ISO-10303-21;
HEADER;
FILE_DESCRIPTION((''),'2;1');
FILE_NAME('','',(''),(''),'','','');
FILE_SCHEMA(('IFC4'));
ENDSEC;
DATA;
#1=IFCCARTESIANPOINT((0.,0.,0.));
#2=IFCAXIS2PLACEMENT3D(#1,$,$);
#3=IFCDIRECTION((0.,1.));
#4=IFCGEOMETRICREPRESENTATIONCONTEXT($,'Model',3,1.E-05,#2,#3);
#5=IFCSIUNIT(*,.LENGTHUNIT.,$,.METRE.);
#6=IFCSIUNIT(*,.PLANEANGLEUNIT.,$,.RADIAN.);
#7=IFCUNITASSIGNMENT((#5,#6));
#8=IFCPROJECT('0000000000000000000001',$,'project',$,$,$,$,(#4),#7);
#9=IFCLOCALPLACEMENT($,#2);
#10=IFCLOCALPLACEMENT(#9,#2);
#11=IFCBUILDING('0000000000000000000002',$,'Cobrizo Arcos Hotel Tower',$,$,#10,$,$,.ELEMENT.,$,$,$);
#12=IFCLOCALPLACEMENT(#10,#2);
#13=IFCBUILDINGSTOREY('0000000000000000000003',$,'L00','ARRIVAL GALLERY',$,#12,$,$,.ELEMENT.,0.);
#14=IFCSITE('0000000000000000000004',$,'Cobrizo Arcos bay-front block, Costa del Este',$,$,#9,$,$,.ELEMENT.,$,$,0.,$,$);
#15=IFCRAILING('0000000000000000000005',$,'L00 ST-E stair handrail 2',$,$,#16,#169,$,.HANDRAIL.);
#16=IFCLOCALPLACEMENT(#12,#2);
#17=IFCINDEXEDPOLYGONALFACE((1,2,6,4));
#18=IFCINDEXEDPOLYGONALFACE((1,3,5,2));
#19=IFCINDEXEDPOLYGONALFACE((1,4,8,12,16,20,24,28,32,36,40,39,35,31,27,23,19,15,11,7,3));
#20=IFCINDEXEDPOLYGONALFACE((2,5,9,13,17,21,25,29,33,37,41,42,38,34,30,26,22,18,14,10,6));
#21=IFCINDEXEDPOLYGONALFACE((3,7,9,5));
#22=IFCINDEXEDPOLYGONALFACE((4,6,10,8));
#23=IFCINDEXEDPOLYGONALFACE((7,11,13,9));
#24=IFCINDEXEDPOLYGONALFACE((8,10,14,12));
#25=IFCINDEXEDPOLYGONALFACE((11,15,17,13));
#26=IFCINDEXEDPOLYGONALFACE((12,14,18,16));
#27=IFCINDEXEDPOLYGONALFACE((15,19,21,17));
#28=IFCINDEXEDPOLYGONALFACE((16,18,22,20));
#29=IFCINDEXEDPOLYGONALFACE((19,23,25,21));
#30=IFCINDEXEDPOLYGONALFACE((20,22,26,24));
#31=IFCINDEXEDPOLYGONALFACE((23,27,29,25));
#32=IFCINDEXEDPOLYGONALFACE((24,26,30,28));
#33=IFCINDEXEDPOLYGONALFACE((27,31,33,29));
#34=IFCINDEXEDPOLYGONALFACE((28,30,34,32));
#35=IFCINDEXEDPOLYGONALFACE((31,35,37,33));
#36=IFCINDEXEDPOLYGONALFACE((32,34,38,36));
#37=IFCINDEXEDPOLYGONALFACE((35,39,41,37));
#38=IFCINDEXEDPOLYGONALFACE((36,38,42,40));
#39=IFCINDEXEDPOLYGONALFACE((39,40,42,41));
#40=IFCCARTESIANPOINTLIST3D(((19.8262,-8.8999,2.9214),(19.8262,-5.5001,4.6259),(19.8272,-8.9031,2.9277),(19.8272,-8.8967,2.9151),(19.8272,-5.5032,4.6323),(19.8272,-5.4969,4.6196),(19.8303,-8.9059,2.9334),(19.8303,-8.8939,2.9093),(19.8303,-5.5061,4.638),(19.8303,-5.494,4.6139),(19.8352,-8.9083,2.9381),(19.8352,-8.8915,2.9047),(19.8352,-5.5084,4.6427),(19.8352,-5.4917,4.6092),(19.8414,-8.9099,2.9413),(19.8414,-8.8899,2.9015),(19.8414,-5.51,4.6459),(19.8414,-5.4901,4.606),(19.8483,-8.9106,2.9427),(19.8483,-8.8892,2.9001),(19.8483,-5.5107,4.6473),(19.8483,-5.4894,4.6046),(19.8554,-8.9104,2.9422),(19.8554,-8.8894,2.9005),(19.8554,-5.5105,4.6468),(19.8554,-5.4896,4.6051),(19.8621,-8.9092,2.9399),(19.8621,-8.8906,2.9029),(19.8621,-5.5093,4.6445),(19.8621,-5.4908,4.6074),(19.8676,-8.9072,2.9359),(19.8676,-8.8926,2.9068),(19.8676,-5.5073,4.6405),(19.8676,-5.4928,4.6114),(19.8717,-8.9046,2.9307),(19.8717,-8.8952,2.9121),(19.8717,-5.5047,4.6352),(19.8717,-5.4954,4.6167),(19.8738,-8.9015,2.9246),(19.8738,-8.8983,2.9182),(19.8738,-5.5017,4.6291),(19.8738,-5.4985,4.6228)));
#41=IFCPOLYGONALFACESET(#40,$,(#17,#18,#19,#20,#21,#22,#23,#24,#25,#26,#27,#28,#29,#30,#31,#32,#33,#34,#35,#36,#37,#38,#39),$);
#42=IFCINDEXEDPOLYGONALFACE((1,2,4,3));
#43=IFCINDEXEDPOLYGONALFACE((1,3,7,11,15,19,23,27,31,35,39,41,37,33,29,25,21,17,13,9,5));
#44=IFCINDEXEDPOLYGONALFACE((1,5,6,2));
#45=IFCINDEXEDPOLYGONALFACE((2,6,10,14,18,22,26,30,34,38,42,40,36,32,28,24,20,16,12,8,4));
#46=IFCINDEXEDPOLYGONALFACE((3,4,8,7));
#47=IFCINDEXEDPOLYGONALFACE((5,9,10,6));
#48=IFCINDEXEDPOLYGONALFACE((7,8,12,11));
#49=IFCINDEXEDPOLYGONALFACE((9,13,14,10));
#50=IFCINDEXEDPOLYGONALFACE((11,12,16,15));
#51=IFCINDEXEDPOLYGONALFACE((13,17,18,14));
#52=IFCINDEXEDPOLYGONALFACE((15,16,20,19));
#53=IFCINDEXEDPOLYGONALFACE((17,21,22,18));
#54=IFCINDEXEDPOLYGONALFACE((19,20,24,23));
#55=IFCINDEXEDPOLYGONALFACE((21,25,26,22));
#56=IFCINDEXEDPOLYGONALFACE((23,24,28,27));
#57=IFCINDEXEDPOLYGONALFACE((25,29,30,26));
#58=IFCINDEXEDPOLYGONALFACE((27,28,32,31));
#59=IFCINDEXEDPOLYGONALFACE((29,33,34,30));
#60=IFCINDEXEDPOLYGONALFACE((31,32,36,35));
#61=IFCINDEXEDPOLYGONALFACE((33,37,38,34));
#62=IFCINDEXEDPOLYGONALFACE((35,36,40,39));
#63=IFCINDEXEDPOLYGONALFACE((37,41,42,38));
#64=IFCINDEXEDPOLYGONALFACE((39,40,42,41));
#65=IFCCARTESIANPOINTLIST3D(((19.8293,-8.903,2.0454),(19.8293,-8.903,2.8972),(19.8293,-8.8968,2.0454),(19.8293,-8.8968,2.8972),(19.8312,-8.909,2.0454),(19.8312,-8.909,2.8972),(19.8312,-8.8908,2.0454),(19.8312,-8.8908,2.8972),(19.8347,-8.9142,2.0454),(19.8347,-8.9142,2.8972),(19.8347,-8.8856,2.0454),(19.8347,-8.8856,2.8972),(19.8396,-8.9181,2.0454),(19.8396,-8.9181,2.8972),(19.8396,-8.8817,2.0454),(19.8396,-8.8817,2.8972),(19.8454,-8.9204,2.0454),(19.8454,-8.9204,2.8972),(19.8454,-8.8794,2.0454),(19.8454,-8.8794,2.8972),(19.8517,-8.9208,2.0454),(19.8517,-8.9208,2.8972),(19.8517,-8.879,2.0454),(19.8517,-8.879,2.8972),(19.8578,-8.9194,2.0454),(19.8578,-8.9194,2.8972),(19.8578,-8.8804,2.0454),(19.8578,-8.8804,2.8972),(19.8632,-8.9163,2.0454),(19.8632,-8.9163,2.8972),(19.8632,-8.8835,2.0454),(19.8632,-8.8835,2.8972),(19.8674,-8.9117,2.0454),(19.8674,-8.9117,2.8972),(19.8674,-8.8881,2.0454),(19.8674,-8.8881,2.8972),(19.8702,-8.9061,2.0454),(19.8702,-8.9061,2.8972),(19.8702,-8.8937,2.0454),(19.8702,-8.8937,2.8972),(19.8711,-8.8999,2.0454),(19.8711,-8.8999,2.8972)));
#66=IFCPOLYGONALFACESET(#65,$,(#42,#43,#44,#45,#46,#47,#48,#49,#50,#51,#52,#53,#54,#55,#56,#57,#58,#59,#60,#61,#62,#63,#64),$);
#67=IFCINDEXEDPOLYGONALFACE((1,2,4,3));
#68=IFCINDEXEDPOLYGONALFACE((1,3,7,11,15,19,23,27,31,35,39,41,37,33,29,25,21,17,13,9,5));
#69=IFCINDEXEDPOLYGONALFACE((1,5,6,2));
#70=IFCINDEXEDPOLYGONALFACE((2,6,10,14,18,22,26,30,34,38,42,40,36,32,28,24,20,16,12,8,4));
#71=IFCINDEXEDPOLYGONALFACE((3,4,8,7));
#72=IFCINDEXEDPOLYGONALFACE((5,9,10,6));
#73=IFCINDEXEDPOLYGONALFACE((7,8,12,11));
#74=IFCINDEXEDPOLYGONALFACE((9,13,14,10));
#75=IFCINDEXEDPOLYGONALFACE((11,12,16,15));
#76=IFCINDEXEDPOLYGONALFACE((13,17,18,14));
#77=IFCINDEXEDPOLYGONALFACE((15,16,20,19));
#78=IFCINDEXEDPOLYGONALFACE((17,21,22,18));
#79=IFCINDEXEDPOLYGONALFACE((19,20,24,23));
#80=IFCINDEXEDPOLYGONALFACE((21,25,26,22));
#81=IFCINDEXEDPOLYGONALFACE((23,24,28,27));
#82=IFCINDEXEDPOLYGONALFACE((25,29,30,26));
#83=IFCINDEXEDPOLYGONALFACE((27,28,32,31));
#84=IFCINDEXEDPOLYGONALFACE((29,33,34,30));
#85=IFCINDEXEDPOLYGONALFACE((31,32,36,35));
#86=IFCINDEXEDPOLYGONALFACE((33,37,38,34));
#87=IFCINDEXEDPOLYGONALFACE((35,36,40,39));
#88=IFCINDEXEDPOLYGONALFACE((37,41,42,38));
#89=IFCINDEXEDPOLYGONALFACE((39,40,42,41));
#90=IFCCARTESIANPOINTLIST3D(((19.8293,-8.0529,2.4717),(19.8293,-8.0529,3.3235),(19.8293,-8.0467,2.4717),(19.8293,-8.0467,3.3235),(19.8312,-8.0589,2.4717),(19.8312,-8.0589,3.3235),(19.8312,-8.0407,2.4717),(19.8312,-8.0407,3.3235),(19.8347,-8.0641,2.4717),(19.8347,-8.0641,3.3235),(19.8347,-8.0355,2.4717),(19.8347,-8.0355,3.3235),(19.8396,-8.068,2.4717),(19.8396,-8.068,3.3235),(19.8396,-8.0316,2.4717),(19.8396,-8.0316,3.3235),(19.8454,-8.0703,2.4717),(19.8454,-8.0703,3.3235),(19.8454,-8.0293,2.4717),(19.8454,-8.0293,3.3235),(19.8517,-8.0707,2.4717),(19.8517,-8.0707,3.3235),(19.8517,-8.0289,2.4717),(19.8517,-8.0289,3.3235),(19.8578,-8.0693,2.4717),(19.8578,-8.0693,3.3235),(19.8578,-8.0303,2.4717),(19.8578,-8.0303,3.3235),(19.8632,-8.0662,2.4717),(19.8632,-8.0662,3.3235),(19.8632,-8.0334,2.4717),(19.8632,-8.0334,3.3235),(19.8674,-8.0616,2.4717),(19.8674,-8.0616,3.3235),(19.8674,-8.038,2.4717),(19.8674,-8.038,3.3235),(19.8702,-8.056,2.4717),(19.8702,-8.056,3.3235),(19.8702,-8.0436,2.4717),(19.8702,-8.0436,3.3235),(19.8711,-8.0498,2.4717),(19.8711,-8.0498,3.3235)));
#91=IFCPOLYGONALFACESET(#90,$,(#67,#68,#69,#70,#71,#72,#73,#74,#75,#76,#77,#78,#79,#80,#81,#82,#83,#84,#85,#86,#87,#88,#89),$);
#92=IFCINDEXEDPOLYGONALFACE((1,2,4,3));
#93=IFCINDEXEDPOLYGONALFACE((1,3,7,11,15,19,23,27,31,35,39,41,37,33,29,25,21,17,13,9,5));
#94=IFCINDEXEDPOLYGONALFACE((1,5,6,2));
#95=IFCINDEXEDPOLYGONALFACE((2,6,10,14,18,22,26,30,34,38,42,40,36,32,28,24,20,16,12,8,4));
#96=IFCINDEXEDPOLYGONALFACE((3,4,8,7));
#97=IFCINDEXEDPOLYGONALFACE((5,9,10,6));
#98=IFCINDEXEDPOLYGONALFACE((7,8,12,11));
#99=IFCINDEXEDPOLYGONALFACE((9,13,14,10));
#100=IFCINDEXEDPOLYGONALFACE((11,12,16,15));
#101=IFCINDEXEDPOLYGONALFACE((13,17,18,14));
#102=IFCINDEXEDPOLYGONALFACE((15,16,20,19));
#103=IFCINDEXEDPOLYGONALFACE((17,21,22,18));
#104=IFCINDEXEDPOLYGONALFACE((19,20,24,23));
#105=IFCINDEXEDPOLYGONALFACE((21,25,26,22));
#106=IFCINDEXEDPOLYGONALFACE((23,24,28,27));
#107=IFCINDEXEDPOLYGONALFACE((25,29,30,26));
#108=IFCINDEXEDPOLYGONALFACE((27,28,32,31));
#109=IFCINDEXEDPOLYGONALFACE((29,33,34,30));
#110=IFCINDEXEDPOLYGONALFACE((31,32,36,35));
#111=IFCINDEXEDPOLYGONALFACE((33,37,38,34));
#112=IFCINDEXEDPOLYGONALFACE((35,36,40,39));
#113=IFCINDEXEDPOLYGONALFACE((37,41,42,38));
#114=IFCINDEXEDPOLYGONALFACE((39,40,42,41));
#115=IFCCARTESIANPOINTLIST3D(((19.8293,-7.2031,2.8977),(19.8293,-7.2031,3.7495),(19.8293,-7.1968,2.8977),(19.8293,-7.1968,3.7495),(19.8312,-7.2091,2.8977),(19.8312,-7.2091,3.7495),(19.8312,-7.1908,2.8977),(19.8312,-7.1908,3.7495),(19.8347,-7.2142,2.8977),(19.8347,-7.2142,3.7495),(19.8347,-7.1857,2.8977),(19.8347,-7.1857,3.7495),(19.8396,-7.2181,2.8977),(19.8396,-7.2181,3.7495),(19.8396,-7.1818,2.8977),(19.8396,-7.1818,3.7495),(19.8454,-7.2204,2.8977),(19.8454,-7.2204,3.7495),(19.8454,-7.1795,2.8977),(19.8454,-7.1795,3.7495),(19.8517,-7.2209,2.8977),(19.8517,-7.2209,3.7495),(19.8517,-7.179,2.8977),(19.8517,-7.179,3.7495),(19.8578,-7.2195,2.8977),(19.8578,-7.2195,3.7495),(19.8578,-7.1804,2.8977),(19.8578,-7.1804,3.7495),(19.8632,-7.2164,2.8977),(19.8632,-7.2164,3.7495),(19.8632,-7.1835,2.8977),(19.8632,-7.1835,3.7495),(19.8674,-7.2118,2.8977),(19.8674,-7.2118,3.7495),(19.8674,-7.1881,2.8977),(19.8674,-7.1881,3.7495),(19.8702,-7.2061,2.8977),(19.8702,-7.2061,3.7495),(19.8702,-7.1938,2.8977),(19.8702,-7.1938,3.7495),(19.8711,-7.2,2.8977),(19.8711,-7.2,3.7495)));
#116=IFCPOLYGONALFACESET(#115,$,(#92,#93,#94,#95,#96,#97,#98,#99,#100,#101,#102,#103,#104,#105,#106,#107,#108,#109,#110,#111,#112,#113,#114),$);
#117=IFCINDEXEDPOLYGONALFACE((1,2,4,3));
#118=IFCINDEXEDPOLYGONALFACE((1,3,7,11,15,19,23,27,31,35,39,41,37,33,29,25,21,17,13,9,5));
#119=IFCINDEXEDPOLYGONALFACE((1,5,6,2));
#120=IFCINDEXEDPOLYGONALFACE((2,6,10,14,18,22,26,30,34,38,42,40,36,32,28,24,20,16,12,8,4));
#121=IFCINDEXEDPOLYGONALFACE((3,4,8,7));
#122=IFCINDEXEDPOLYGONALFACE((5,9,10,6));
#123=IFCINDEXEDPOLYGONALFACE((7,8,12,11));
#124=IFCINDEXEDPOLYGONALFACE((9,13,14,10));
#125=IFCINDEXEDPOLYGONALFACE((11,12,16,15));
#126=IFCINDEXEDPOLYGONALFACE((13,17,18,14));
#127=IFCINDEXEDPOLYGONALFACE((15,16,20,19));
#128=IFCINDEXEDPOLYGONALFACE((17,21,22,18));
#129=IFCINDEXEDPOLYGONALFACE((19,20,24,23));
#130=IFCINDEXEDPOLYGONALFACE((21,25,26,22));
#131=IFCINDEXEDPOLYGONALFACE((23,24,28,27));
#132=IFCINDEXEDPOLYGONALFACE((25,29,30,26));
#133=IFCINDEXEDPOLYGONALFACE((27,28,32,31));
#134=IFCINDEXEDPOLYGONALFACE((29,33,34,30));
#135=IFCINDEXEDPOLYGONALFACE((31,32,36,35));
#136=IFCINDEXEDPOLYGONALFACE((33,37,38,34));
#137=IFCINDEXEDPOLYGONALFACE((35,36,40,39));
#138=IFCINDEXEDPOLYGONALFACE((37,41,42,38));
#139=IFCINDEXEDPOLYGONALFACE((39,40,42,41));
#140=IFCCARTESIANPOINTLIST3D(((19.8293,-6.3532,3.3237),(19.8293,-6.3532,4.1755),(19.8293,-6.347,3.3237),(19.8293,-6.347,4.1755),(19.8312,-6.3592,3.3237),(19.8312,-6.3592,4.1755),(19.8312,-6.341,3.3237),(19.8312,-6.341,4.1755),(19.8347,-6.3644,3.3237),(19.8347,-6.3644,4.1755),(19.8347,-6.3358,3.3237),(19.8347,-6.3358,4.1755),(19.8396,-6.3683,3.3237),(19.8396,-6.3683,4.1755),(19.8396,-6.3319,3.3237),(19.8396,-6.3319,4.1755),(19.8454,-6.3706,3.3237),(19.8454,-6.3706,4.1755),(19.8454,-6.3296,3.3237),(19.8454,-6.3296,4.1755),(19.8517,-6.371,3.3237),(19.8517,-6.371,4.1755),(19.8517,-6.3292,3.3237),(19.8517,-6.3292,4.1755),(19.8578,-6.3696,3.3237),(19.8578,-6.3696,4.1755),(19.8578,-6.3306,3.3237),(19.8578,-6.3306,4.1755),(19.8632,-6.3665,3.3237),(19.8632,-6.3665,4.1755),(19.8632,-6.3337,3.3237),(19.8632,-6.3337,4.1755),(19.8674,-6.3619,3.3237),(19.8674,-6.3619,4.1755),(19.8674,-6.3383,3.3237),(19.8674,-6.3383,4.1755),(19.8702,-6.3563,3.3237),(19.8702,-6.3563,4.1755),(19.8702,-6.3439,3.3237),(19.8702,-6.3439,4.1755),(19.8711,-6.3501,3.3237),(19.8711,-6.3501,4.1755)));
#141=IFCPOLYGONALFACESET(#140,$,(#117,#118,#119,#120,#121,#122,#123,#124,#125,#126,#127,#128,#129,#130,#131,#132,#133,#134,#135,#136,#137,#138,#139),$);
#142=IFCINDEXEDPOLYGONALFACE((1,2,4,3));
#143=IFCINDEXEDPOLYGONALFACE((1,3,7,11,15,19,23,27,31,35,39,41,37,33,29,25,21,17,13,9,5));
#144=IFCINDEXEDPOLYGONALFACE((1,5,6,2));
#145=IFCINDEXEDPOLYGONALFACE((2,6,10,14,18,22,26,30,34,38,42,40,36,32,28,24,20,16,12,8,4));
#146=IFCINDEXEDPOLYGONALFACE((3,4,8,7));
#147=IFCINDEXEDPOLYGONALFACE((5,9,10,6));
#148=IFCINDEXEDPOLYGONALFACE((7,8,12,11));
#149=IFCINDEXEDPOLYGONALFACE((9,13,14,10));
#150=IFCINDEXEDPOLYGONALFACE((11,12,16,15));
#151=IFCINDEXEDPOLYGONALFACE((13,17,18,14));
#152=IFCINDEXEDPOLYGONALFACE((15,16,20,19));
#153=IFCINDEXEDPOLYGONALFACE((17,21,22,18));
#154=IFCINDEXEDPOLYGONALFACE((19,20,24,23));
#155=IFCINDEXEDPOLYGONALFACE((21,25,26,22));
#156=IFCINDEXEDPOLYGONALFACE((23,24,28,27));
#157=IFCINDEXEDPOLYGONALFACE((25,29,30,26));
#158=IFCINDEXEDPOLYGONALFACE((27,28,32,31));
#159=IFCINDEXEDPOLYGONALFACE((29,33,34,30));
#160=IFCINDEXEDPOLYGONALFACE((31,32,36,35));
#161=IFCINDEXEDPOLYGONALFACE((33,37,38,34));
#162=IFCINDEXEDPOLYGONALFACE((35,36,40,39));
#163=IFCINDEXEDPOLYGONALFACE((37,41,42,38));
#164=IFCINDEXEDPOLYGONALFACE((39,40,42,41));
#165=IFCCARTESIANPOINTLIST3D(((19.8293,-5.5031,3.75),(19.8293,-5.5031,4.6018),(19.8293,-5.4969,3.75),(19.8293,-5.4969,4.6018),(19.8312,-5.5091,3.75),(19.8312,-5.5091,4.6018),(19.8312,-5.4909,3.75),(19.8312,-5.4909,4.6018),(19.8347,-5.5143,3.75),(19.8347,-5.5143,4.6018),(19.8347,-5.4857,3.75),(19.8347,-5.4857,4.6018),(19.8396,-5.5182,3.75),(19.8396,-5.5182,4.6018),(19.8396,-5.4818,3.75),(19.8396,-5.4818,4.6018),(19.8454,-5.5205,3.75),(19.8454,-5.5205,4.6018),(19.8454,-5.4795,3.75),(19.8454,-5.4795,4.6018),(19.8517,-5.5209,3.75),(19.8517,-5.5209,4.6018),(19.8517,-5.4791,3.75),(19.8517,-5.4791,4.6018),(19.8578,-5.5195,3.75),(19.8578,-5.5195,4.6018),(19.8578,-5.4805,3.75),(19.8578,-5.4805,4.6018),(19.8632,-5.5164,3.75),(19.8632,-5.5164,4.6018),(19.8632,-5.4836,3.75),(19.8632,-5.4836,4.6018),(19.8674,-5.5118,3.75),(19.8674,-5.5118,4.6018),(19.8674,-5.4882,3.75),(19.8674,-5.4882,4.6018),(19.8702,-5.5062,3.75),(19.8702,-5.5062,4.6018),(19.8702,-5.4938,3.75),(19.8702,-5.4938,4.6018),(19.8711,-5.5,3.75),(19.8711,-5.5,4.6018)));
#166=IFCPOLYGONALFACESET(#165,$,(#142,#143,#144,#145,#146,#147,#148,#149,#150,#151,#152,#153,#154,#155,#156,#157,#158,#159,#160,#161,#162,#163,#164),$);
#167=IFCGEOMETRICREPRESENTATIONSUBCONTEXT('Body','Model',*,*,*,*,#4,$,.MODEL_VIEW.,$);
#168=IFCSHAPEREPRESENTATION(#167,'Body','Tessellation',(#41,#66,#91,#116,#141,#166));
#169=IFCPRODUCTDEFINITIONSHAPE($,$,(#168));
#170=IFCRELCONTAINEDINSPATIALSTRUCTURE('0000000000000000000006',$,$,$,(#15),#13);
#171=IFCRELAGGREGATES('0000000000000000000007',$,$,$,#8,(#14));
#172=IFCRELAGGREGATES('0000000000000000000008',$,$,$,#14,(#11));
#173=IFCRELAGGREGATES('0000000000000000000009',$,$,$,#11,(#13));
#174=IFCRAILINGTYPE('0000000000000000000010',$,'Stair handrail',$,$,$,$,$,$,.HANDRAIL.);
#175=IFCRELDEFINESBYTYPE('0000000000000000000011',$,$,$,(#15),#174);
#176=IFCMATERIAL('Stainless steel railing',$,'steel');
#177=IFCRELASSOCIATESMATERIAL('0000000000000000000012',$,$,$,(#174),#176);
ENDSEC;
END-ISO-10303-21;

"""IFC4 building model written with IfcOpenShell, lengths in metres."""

from ifc_helpers import new_model, si_unit, direction, frame, origin, origin_2d, place, context, subcontext, project, spatial, circle, extrude, material, type_object, element, save


model = new_model("IFC4")

# Units and contexts
model_context = context("Model", 3, precision=1e-05, world=origin(), true_north=direction((0.0, 1.0)))
body_context = subcontext(model_context, "Body", "Model", "MODEL_VIEW")
ifc_project = project(units=[si_unit("LENGTHUNIT", "METRE"), si_unit("PLANEANGLEUNIT", "RADIAN")], contexts=[model_context])

# Site, building, storey
site_placement = place(None, origin())
site = spatial("IfcSite", under=ifc_project, at=site_placement, Name="Cobrizo Arcos bay-front block, Costa del Este", CompositionType="ELEMENT", RefElevation=0.0)
building_placement = place(site_placement, origin())
building = spatial("IfcBuilding", under=site, at=building_placement, Name="Cobrizo Arcos Hotel Tower", CompositionType="ELEMENT")
storey_placement = place(building_placement, origin())
storey = spatial("IfcBuildingStorey", under=building, at=storey_placement, Name="L00", Description="ARRIVAL GALLERY", CompositionType="ELEMENT", Elevation=0.0)

# Railing
ifc_material_1 = material(Name="Stainless steel railing", Category="steel")
railing_type_1 = type_object("IfcRailingType", Name="Stair handrail", PredefinedType="HANDRAIL", material=ifc_material_1)
railing_1_placement = place(storey_placement, frame((19.8501, -8.8999, 2.0454)))
element("IfcRailing", 1, at=railing_1_placement, inside=storey, type_object=railing_type_1, Name="L00 ST-E stair handrail 2", PredefinedType="HANDRAIL", context=body_context, shape_type="SweptSolid", body=[
    extrude(circle(Radius=0.0239, at=origin_2d()), frame((0.0, 0.0, 0.876), z_axis=(0.0, 0.893939, 0.448189), x_axis=(-1.0, 0.0, 0.0)), (0.0, 0.0, 1.0), 3.8032),
    extrude(circle(Radius=0.021, at=origin_2d()), origin(), (0.0, 0.0, 1.0), 0.8518),
    extrude(circle(Radius=0.021, at=origin_2d()), frame((0.0, 0.8501, 0.4263)), (0.0, 0.0, 1.0), 0.8518),
    extrude(circle(Radius=0.021, at=origin_2d()), frame((0.0, 1.7, 0.8523)), (0.0, 0.0, 1.0), 0.8518),
    extrude(circle(Radius=0.021, at=origin_2d()), frame((0.0, 2.5498, 1.2783)), (0.0, 0.0, 1.0), 0.8518),
    extrude(circle(Radius=0.021, at=origin_2d()), frame((0.0, 3.3999, 1.7046)), (0.0, 0.0, 1.0), 0.8518),
])

save(model, "model.ifc")
